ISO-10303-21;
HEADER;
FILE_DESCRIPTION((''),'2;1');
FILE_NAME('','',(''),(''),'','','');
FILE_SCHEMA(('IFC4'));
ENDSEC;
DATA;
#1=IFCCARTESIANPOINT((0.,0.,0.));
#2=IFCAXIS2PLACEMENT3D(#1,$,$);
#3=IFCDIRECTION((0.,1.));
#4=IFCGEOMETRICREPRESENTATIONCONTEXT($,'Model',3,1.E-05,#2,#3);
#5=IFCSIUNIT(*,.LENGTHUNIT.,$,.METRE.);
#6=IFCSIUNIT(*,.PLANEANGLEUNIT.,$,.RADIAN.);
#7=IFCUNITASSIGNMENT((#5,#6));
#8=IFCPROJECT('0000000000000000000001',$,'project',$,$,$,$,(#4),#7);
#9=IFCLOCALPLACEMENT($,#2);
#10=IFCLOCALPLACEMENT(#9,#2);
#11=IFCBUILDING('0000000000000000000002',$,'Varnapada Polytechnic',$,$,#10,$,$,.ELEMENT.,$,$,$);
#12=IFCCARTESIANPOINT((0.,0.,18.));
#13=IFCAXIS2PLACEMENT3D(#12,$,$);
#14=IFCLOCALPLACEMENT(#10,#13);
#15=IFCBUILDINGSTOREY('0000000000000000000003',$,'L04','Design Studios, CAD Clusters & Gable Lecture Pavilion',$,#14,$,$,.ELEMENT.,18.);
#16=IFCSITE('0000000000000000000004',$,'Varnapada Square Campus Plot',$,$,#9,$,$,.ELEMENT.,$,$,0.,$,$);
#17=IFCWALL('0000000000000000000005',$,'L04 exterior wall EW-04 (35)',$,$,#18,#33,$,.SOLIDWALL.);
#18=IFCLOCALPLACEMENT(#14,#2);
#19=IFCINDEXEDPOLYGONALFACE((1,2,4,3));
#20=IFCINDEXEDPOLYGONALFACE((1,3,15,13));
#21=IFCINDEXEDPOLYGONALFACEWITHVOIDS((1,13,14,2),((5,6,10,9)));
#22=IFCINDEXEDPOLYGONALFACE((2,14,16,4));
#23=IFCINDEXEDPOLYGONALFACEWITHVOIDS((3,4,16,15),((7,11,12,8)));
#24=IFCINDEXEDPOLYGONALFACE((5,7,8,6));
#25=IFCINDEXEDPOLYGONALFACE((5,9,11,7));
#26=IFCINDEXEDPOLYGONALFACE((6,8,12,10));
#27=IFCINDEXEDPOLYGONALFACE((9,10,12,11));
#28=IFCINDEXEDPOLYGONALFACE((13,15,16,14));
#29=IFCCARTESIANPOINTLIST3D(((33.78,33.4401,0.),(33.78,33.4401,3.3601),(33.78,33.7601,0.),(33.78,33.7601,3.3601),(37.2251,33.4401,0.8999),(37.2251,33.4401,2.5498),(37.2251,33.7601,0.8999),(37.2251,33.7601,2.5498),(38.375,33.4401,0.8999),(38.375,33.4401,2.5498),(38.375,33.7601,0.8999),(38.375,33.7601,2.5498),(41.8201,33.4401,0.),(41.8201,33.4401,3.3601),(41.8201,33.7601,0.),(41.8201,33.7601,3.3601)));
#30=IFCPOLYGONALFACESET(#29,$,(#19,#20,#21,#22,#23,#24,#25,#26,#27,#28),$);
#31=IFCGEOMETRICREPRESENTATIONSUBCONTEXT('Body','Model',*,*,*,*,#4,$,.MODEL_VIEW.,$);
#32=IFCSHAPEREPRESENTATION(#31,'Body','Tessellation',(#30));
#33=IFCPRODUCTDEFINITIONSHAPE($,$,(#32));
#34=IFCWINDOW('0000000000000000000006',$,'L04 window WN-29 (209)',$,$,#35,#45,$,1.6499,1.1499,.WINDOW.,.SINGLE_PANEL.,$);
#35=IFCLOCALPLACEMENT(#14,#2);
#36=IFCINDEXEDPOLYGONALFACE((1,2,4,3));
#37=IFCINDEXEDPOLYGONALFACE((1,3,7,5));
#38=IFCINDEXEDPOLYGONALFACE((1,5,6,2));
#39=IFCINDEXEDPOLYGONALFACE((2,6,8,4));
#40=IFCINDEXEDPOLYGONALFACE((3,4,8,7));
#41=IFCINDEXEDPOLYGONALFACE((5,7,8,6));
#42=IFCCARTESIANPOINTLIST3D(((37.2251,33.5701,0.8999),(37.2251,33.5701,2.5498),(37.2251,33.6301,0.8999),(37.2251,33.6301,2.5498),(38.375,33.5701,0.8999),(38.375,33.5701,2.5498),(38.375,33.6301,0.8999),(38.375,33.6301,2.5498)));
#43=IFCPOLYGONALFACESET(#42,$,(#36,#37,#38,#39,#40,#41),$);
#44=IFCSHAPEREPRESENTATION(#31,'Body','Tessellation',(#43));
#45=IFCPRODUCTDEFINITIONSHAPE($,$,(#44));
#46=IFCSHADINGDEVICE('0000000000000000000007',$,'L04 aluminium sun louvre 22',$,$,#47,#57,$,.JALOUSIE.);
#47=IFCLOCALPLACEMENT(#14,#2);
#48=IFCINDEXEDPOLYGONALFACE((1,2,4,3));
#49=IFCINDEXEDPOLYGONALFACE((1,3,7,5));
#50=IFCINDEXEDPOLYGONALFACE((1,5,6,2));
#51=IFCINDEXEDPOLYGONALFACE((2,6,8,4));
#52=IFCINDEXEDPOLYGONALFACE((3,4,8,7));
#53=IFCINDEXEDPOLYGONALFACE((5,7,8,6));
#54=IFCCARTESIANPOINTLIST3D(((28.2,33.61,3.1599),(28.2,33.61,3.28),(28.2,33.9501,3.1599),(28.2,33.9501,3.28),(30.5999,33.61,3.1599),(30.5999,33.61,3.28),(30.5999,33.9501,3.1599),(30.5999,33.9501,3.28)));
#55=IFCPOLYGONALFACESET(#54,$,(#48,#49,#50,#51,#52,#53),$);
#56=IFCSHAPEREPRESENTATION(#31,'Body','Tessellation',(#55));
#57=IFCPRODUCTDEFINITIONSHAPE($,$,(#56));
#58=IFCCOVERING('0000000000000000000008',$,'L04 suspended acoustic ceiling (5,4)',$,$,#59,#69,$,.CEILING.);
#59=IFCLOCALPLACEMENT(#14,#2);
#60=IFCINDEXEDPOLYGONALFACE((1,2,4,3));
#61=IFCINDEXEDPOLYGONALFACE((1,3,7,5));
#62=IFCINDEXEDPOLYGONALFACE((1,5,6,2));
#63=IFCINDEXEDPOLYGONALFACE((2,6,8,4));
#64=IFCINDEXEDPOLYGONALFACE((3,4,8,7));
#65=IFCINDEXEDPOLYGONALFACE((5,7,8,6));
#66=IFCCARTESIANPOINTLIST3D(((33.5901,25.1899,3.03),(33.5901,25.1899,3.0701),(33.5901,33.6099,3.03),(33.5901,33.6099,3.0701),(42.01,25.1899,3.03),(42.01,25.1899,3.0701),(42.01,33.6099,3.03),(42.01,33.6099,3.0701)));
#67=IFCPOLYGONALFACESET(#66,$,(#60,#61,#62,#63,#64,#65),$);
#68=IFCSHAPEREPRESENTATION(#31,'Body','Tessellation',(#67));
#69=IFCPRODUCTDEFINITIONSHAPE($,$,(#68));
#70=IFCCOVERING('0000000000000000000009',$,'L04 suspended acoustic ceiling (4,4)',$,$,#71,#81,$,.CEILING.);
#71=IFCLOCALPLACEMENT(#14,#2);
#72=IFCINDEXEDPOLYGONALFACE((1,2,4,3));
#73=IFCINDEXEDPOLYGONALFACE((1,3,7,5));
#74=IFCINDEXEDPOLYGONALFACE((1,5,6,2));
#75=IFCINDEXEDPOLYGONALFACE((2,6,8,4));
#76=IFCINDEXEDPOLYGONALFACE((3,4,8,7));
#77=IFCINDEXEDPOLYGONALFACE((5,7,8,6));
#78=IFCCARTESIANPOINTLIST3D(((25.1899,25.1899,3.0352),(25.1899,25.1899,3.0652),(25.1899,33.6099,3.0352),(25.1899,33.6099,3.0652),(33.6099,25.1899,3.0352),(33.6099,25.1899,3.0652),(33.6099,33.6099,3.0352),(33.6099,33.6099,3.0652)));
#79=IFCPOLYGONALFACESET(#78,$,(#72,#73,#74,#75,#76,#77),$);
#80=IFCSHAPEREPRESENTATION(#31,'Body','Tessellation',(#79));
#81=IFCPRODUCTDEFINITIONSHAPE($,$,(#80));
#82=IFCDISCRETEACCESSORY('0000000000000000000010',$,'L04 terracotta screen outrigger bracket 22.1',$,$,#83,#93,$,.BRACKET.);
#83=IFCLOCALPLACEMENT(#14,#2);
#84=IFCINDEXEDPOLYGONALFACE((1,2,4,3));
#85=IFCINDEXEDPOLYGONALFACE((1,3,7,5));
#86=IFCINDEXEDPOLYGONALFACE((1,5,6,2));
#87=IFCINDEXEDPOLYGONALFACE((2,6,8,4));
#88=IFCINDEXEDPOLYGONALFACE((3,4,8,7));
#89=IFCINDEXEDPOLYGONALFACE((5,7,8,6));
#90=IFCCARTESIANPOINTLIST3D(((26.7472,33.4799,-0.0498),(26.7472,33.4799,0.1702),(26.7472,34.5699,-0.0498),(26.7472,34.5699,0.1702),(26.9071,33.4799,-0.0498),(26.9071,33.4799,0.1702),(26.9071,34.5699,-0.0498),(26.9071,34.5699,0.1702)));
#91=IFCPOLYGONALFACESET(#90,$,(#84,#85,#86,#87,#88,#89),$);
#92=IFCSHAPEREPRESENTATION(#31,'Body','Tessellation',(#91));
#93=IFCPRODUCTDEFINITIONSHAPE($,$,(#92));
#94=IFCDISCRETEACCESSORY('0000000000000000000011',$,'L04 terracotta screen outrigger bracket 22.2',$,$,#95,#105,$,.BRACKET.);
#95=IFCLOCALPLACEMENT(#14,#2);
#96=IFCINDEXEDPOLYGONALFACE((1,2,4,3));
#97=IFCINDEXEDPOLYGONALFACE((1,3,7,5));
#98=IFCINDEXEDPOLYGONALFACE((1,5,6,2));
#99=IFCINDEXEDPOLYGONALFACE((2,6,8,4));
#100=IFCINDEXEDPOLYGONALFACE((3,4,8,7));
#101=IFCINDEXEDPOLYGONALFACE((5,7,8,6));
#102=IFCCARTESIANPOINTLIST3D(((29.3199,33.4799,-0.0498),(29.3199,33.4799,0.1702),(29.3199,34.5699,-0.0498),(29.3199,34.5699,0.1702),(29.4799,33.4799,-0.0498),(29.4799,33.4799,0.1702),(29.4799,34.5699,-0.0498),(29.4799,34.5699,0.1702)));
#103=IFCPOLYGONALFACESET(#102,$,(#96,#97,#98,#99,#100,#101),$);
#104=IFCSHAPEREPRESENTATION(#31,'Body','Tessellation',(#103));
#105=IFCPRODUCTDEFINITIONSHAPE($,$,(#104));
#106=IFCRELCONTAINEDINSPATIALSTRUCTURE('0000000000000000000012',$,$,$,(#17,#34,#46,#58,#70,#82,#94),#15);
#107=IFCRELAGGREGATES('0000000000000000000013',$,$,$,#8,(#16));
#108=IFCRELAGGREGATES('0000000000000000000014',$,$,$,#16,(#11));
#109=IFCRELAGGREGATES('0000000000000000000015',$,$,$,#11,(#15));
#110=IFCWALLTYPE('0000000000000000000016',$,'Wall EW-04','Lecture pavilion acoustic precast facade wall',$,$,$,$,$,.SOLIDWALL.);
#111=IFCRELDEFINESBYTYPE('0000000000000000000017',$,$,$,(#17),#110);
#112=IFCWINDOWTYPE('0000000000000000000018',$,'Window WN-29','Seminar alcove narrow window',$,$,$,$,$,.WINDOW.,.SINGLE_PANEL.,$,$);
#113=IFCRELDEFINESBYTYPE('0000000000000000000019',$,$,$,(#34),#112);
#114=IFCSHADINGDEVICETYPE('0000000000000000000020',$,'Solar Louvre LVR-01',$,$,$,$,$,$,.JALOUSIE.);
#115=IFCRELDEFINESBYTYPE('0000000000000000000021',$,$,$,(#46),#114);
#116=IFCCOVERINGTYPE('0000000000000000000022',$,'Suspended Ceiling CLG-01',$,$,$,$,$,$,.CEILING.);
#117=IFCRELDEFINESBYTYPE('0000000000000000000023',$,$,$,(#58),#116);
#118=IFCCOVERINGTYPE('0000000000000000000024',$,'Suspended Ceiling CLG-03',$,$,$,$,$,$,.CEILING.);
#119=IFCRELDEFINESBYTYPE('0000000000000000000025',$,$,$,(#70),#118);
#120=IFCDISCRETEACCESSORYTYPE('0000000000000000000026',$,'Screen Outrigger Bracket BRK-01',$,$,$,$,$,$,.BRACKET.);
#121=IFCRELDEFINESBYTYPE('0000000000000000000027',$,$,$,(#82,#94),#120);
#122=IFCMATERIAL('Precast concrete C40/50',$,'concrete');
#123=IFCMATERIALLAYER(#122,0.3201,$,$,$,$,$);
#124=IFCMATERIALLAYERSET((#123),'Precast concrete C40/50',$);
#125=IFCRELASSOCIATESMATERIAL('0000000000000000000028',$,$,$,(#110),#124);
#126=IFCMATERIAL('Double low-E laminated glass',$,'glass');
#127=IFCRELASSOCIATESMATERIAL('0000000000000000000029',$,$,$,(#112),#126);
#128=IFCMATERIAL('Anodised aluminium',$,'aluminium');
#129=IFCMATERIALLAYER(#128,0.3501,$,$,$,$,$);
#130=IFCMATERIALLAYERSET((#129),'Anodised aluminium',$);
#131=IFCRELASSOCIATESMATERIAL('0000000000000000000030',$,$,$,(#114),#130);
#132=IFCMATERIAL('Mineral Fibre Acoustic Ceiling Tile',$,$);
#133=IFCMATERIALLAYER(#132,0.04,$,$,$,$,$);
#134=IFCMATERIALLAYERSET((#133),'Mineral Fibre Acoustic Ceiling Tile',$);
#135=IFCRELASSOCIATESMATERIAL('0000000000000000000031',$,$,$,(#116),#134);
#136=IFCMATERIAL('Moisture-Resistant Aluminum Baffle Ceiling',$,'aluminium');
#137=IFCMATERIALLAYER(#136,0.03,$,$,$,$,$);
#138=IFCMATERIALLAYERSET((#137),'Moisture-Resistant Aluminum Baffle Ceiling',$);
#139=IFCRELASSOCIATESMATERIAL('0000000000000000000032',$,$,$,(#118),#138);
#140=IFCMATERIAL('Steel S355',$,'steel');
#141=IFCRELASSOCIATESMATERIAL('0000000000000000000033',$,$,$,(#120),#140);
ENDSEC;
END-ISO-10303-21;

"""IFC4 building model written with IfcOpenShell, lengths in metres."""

from ifc_helpers import new_model, si_unit, direction, frame, frame_2d, origin, origin_2d, place, context, subcontext, project, spatial, rectangle, extrude, material, layer, layer_set, type_object, element, fill, save


model = new_model("IFC4")

# Units and contexts
model_context = context("Model", 3, precision=1e-05, world=origin(), true_north=direction((0.0, 1.0)))
body_context = subcontext(model_context, "Body", "Model", "MODEL_VIEW")
ifc_project = project(units=[si_unit("LENGTHUNIT", "METRE"), si_unit("PLANEANGLEUNIT", "RADIAN")], contexts=[model_context])

# Site, building, storey
site_placement = place(None, origin())
site = spatial("IfcSite", under=ifc_project, at=site_placement, Name="Varnapada Square Campus Plot", CompositionType="ELEMENT", RefElevation=0.0)
building_placement = place(site_placement, origin())
building = spatial("IfcBuilding", under=site, at=building_placement, Name="Varnapada Polytechnic", CompositionType="ELEMENT")
storey_placement = place(building_placement, frame((0.0, 0.0, 18.0)))
storey = spatial("IfcBuildingStorey", under=building, at=storey_placement, Name="L04", Description="Design Studios, CAD Clusters & Gable Lecture Pavilion", CompositionType="ELEMENT", Elevation=18.0)

# Wall, opening, window
ifc_material_1 = material(Name="Precast concrete C40/50", Category="concrete")
ifc_layer_1 = layer(ifc_material_1, 0.3201)
ifc_layer_set_1 = layer_set([ifc_layer_1], Name="Precast concrete C40/50")
wall_type_1 = type_object("IfcWallType", Name="Wall EW-04", Description="Lecture pavilion acoustic precast facade wall", PredefinedType="SOLIDWALL", material=ifc_layer_set_1)
ifc_material_2 = material(Name="Double low-E laminated glass", Category="glass")
wall_1_placement = place(storey_placement, frame((33.78, 33.6001, 0.0), z_axis=(0.0, 0.0, 1.0), x_axis=(1.0, 0.0, 0.0)))
wall_1 = element("IfcWall", 1, at=wall_1_placement, inside=storey, type_object=wall_type_1, Name="L04 exterior wall EW-04 (35)", PredefinedType="SOLIDWALL", context=body_context, shape_type="SweptSolid", body=[
    extrude(rectangle(XDim=8.04, YDim=0.3201, at=frame_2d((4.02, 0.0))), origin(), (0.0, 0.0, 1.0), 3.3601),
])
opening_1_placement = place(wall_1_placement, frame((3.4451, 0.0, 0.8999)))
opening_1 = element("IfcOpeningElement", 2, at=opening_1_placement, cuts=wall_1, PredefinedType="OPENING", context=body_context, shape_type="SweptSolid", body=[
    extrude(rectangle(XDim=1.1499, YDim=1.6499, at=frame_2d((0.575, 0.825))), frame((0.0, 0.1699, 0.0), z_axis=(0.0, -1.0, 0.0), x_axis=(1.0, 0.0, 0.0)), (0.0, 0.0, 1.0), 0.3401),
])
window_type_1 = type_object("IfcWindowType", Name="Window WN-29", Description="Seminar alcove narrow window", PartitioningType="SINGLE_PANEL", PredefinedType="WINDOW", material=ifc_material_2)
window_1_placement = place(opening_1_placement, origin())
window_1 = element("IfcWindow", 3, at=window_1_placement, inside=storey, type_object=window_type_1, Name="L04 window WN-29 (209)", OverallHeight=1.6499, OverallWidth=1.1499, PartitioningType="SINGLE_PANEL", PredefinedType="WINDOW", context=body_context, shape_type="SweptSolid", body=[
    extrude(rectangle(XDim=1.1499, YDim=1.6499, at=frame_2d((0.575, 0.825))), frame((0.0, 0.03, 0.0), z_axis=(0.0, -1.0, 0.0), x_axis=(1.0, 0.0, 0.0)), (0.0, 0.0, 1.0), 0.0601),
])
fill(opening_1, window_1)

# Shading device
ifc_material_3 = material(Name="Anodised aluminium", Category="aluminium")
ifc_layer_2 = layer(ifc_material_3, 0.3501)
ifc_layer_set_2 = layer_set([ifc_layer_2], Name="Anodised aluminium")
shading_device_type = type_object("IfcShadingDeviceType", Name="Solar Louvre LVR-01", PredefinedType="JALOUSIE", material=ifc_layer_set_2)
shading_device_placement = place(storey_placement, frame((29.3999, 33.78, 3.1599), z_axis=(0.0, 0.0, 1.0), x_axis=(1.0, 0.0, 0.0)))
element("IfcShadingDevice", 4, at=shading_device_placement, inside=storey, type_object=shading_device_type, Name="L04 aluminium sun louvre 22", PredefinedType="JALOUSIE", context=body_context, shape_type="SweptSolid", body=[
    extrude(rectangle(XDim=2.3999, YDim=0.3401, at=origin_2d()), origin(), (0.0, 0.0, 1.0), 0.1201),
])

# Coverings
ifc_material_4 = material(Name="Mineral Fibre Acoustic Ceiling Tile")
ifc_layer_3 = layer(ifc_material_4, 0.04)
ifc_layer_set_3 = layer_set([ifc_layer_3], Name="Mineral Fibre Acoustic Ceiling Tile")
covering_type_1 = type_object("IfcCoveringType", Name="Suspended Ceiling CLG-01", PredefinedType="CEILING", material=ifc_layer_set_3)
covering_1_placement = place(storey_placement, frame((37.8, 29.3999, 3.03), z_axis=(0.0, 0.0, 1.0), x_axis=(1.0, 0.0, 0.0)))
element("IfcCovering", 5, at=covering_1_placement, inside=storey, type_object=covering_type_1, Name="L04 suspended acoustic ceiling (5,4)", PredefinedType="CEILING", context=body_context, shape_type="SweptSolid", body=[
    extrude(rectangle(XDim=8.4199, YDim=8.4199, at=origin_2d()), origin(), (0.0, 0.0, 1.0), 0.04),
])
ifc_material_5 = material(Name="Moisture-Resistant Aluminum Baffle Ceiling", Category="aluminium")
ifc_layer_4 = layer(ifc_material_5, 0.03)
ifc_layer_set_4 = layer_set([ifc_layer_4], Name="Moisture-Resistant Aluminum Baffle Ceiling")
covering_type_2 = type_object("IfcCoveringType", Name="Suspended Ceiling CLG-03", PredefinedType="CEILING", material=ifc_layer_set_4)
covering_2_placement = place(storey_placement, frame((29.3999, 29.3999, 3.0352), z_axis=(0.0, 0.0, 1.0), x_axis=(1.0, 0.0, 0.0)))
element("IfcCovering", 6, at=covering_2_placement, inside=storey, type_object=covering_type_2, Name="L04 suspended acoustic ceiling (4,4)", PredefinedType="CEILING", context=body_context, shape_type="SweptSolid", body=[
    extrude(rectangle(XDim=8.4199, YDim=8.4199, at=origin_2d()), origin(), (0.0, 0.0, 1.0), 0.03),
])

# Discrete accessories
ifc_material_6 = material(Name="Steel S355", Category="steel")
discrete_accessory_type = type_object("IfcDiscreteAccessoryType", Name="Screen Outrigger Bracket BRK-01", PredefinedType="BRACKET", material=ifc_material_6)
for number, where, z_axis, x_axis, name in (
    (7, (26.8271, 34.0249, -0.0498), (0.0, 0.0, 1.0), (1.0, 0.0, 0.0), "L04 terracotta screen outrigger bracket 22.1"),
    (8, (29.3999, 34.0249, -0.0498), (0.0, 0.0, 1.0), (1.0, 0.0, 0.0), "L04 terracotta screen outrigger bracket 22.2"),
):
    element("IfcDiscreteAccessory", number, at=place(storey_placement, frame(where, z_axis=z_axis, x_axis=x_axis)), inside=storey, type_object=discrete_accessory_type, Name=name, PredefinedType="BRACKET", context=body_context, shape_type="SweptSolid", body=[
        extrude(rectangle(XDim=0.1599, YDim=1.0901, at=origin_2d()), origin(), (0.0, 0.0, 1.0), 0.22),
    ])

save(model, "model.ifc")
